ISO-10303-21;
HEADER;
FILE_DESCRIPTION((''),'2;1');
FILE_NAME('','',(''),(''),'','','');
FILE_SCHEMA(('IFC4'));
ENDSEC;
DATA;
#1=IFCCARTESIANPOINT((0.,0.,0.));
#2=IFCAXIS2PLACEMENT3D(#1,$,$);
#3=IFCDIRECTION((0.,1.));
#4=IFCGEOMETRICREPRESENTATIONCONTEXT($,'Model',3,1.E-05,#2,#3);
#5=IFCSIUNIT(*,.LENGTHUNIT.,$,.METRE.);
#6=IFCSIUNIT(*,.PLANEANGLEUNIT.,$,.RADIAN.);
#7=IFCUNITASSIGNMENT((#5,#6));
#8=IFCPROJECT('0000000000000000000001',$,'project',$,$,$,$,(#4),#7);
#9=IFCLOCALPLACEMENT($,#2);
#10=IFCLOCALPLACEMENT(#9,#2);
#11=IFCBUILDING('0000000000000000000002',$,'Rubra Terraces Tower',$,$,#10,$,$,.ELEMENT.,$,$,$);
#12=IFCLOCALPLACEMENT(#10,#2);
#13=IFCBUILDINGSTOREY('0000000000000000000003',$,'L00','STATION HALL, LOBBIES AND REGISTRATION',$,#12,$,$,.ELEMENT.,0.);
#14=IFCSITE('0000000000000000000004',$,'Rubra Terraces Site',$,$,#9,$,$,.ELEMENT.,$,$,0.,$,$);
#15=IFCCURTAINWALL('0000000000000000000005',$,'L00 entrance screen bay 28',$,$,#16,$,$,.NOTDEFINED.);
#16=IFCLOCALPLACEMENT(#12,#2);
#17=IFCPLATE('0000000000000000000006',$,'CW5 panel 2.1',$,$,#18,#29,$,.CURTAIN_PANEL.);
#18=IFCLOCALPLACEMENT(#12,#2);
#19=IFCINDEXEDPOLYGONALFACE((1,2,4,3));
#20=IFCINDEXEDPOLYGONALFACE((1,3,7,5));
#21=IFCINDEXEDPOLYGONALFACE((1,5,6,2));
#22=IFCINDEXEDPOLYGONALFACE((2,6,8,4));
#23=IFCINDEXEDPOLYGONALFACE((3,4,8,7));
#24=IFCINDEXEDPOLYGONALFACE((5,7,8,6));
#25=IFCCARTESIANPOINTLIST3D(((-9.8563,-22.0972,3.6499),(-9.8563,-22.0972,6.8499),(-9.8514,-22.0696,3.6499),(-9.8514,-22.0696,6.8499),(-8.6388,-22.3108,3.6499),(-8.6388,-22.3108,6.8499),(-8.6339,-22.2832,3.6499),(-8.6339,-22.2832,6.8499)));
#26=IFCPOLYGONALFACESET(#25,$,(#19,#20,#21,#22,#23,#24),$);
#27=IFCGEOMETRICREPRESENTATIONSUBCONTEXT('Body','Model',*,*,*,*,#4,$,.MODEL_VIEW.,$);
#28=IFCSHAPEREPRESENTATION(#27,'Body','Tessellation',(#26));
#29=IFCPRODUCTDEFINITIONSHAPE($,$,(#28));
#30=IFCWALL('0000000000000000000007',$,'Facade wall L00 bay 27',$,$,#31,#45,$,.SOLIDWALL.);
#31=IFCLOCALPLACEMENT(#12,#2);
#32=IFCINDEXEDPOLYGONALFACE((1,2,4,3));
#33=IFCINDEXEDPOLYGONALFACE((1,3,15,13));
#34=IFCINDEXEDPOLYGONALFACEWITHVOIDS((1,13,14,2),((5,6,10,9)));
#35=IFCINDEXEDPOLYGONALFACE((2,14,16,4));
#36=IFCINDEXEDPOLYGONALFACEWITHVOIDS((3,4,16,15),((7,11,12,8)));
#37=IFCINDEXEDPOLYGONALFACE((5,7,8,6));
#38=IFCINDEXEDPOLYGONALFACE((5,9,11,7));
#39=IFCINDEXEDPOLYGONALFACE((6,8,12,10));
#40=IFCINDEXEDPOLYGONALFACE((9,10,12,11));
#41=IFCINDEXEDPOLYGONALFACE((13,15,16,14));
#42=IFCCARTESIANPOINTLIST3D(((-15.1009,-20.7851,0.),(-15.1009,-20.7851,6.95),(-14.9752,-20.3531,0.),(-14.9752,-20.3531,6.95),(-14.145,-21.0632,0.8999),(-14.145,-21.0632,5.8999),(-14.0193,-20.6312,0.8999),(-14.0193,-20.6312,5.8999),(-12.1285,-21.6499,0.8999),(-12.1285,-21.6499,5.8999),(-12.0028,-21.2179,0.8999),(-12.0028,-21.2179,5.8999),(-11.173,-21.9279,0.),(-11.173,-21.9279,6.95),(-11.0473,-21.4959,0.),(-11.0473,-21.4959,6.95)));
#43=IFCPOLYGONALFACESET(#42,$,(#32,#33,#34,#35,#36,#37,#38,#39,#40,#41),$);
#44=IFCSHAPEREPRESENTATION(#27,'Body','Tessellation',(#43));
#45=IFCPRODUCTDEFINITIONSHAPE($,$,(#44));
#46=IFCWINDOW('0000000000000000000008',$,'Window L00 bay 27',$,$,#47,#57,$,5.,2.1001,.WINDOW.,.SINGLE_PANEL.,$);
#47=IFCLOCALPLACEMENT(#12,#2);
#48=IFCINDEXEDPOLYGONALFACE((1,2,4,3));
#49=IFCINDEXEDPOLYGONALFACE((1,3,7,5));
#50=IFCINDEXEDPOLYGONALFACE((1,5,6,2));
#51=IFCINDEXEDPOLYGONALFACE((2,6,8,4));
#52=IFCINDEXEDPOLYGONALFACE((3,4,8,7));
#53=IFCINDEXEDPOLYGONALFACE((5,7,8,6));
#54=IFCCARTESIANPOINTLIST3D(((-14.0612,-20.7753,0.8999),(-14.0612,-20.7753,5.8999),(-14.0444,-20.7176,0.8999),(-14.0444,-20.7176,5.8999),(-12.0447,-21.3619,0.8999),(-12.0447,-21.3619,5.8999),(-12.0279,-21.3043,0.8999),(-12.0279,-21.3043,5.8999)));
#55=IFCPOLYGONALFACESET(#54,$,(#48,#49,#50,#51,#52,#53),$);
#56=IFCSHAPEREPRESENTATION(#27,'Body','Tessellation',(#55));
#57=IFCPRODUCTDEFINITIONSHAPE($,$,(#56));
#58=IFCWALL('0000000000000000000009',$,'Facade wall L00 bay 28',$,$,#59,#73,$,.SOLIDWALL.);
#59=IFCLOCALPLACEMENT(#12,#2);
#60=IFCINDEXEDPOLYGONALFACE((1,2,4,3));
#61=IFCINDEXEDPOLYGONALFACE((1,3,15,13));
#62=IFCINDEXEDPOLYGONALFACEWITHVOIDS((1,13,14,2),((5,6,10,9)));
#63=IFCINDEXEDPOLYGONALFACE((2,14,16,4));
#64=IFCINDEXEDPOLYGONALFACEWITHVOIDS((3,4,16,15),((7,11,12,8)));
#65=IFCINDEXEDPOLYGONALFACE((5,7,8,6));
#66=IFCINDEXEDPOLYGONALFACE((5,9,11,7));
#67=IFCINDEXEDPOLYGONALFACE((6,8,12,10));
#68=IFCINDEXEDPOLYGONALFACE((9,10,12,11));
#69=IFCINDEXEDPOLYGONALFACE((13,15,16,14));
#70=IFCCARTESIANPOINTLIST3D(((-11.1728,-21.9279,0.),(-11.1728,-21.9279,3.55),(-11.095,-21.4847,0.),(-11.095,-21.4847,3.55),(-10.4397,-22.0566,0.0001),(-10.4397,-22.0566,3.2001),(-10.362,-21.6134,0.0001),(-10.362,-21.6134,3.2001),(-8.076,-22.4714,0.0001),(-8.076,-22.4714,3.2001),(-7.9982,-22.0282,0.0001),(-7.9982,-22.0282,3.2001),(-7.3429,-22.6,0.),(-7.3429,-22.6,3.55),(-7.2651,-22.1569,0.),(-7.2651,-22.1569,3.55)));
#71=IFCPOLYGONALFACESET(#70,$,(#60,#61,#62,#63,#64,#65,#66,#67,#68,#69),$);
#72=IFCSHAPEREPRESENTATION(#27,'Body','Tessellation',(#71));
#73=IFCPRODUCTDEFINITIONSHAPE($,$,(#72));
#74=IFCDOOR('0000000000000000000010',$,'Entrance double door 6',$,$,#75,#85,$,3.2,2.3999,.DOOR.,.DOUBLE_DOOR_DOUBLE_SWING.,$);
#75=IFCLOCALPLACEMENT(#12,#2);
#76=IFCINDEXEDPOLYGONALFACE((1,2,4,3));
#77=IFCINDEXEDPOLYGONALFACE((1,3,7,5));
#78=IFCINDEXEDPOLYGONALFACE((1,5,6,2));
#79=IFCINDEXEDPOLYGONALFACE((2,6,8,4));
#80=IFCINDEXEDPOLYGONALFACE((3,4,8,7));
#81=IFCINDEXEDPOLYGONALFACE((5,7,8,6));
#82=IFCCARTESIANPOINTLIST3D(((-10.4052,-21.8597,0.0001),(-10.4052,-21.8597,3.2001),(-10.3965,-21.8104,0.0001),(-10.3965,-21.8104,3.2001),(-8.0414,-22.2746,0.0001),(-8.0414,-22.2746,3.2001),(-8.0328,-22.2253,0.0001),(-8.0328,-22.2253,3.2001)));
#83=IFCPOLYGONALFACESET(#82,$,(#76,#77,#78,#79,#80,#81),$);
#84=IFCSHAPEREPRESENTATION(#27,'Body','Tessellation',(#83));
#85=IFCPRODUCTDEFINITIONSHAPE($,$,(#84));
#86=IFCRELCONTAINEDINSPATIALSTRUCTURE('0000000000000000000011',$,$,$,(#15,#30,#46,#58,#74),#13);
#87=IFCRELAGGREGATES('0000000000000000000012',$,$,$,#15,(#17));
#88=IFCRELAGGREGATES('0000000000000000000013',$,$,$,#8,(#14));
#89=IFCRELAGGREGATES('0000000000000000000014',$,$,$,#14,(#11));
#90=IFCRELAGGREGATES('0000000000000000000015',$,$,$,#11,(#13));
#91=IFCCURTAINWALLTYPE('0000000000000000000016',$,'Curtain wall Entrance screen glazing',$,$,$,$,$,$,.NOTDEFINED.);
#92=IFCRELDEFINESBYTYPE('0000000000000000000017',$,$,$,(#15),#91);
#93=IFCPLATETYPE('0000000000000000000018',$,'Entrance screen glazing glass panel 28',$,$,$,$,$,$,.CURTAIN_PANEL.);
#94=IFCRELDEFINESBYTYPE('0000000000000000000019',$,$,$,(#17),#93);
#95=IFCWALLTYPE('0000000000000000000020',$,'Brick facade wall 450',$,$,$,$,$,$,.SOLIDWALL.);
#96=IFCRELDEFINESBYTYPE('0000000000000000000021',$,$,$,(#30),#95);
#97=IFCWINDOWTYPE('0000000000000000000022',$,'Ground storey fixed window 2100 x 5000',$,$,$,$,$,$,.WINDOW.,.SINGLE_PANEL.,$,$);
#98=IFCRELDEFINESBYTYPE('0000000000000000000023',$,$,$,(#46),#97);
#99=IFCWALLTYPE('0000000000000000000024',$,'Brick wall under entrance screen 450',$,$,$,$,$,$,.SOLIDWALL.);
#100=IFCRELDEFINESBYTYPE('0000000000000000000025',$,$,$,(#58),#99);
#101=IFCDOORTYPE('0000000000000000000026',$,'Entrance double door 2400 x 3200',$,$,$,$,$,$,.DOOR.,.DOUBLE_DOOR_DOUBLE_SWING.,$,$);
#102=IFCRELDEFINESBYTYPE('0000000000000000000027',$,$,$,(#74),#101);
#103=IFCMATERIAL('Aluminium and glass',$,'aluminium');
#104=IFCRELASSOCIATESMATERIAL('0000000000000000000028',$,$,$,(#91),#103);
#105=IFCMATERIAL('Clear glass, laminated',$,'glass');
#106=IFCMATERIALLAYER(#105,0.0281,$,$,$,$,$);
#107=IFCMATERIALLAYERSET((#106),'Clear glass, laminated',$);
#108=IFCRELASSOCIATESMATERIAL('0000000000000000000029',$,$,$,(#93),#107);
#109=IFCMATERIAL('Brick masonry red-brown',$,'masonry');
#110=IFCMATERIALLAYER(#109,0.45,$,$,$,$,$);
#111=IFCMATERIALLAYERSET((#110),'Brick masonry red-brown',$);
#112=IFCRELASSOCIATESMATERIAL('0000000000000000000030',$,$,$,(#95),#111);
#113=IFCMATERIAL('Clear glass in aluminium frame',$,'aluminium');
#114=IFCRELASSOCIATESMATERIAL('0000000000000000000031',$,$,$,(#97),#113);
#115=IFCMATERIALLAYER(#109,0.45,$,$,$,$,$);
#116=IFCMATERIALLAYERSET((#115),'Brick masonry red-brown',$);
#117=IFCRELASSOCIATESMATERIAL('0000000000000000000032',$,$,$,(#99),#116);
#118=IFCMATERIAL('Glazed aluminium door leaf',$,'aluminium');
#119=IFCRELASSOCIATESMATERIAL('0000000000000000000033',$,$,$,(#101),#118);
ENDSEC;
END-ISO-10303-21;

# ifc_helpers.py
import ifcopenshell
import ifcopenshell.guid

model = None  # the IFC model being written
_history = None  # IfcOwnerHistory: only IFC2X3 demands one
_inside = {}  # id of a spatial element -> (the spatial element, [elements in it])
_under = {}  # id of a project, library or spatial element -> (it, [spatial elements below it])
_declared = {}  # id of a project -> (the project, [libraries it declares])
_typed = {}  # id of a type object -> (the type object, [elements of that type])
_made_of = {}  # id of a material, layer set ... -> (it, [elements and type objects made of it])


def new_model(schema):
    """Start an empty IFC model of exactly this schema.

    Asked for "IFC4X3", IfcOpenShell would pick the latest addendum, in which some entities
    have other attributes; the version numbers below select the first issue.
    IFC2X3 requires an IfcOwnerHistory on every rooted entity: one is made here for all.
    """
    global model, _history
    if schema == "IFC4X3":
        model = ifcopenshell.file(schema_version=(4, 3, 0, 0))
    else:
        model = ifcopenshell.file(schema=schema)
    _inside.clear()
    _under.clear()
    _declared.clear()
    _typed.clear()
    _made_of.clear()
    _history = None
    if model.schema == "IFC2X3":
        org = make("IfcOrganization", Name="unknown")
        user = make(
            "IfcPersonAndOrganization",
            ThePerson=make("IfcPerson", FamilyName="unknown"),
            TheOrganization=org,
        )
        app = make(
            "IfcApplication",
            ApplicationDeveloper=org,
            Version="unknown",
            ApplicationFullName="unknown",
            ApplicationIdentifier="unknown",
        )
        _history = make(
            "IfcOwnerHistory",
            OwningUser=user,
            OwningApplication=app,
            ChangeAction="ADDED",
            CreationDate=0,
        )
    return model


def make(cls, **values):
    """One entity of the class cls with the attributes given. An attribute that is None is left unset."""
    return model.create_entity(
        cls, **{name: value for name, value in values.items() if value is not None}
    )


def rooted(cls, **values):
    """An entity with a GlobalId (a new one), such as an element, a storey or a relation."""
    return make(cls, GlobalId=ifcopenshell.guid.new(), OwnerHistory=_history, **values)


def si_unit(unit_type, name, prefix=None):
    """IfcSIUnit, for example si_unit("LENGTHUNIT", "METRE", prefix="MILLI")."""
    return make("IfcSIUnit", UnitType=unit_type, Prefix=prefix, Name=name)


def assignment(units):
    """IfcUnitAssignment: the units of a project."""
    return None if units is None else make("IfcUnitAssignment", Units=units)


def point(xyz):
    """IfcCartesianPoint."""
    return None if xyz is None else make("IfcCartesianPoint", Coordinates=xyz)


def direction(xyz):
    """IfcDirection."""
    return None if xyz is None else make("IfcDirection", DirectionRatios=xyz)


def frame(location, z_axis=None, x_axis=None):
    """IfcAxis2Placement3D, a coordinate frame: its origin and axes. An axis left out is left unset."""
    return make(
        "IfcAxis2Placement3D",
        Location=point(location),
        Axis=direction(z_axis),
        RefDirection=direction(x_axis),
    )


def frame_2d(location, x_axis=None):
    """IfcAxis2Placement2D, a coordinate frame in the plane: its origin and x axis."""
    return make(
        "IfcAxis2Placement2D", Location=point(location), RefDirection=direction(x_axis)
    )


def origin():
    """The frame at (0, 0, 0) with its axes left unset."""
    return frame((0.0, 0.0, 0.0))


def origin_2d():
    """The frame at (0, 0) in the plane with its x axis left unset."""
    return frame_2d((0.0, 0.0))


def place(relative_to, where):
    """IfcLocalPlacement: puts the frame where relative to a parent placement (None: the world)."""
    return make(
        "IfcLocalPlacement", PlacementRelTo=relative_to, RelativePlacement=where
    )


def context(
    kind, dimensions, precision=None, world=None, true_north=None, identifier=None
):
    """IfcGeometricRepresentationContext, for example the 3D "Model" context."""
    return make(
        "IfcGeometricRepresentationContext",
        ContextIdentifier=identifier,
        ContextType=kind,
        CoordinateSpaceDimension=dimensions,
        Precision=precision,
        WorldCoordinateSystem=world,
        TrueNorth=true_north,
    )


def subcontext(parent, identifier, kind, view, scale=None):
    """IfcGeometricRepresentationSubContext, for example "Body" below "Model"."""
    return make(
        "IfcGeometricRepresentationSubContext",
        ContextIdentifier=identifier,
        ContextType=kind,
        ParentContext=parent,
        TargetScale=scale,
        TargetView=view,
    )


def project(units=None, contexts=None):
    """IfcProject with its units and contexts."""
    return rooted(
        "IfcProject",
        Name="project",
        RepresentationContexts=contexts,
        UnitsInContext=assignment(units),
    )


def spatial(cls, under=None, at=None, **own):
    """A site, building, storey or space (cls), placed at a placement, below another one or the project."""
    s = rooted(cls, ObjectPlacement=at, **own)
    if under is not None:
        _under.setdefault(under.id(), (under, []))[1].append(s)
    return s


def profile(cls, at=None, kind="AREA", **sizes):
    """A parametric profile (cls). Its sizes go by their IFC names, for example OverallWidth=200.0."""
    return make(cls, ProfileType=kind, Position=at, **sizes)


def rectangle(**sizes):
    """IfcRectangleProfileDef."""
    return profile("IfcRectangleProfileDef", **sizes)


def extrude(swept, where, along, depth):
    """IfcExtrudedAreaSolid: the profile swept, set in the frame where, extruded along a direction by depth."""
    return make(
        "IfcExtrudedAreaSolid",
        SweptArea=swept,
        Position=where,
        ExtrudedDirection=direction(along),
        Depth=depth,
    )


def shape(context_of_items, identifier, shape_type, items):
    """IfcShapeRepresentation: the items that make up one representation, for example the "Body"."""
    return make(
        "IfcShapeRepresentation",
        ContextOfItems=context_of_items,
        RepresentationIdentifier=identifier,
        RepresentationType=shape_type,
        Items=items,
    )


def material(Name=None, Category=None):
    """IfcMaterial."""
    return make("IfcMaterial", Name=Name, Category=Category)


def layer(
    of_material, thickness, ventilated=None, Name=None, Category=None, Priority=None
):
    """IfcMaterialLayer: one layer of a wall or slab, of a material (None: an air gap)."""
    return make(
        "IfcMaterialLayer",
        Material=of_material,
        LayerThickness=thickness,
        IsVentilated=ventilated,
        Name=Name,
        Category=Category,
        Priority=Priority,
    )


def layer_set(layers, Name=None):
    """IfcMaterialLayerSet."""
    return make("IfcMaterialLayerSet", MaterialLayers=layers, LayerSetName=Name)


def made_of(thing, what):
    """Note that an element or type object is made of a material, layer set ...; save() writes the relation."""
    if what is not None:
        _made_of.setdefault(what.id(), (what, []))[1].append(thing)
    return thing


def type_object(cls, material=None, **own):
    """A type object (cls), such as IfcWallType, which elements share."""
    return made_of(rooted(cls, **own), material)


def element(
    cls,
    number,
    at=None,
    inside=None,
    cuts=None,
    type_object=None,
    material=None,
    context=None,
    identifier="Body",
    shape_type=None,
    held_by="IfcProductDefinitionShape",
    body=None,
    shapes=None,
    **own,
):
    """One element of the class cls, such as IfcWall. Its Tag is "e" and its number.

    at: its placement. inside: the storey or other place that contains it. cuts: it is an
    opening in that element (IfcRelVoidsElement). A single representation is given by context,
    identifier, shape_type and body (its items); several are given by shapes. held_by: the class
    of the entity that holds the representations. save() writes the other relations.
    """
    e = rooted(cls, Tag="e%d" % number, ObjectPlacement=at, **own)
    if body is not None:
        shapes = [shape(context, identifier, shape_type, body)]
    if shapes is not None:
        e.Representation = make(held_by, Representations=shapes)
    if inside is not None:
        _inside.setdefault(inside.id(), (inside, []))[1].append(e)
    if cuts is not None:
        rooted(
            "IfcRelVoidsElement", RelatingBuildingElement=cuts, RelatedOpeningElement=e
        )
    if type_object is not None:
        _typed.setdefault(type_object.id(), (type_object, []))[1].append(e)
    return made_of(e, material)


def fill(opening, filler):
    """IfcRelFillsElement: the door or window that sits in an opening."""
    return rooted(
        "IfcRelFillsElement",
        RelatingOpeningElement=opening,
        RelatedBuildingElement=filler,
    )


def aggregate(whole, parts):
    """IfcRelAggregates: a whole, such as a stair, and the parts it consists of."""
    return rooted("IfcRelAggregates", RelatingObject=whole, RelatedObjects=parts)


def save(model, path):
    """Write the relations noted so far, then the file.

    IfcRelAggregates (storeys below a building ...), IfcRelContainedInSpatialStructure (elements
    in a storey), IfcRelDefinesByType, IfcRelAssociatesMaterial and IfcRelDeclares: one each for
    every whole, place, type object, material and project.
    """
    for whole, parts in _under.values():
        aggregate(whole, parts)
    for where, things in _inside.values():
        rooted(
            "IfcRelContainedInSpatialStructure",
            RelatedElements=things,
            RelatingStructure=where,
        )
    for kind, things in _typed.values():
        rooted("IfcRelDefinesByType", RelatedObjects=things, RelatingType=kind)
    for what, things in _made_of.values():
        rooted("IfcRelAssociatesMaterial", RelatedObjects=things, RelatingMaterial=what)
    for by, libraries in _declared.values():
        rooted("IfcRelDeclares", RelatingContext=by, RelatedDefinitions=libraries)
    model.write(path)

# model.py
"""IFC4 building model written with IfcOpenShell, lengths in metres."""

from ifc_helpers import new_model, si_unit, direction, frame, frame_2d, origin, origin_2d, place, context, subcontext, project, spatial, rectangle, extrude, material, layer, layer_set, type_object, element, fill, aggregate, save


model = new_model("IFC4")

# Units and contexts
model_context = context("Model", 3, precision=1e-05, world=origin(), true_north=direction((0.0, 1.0)))
body_context = subcontext(model_context, "Body", "Model", "MODEL_VIEW")
ifc_project = project(units=[si_unit("LENGTHUNIT", "METRE"), si_unit("PLANEANGLEUNIT", "RADIAN")], contexts=[model_context])

# Site, building, storey
site_placement = place(None, origin())
site = spatial("IfcSite", under=ifc_project, at=site_placement, Name="Rubra Terraces Site", CompositionType="ELEMENT", RefElevation=0.0)
building_placement = place(site_placement, origin())
building = spatial("IfcBuilding", under=site, at=building_placement, Name="Rubra Terraces Tower", CompositionType="ELEMENT")
storey_placement = place(building_placement, origin())
storey = spatial("IfcBuildingStorey", under=building, at=storey_placement, Name="L00", Description="STATION HALL, LOBBIES AND REGISTRATION", CompositionType="ELEMENT", Elevation=0.0)

# Curtain wall
ifc_material_1 = material(Name="Aluminium and glass", Category="aluminium")
curtain_wall_type = type_object("IfcCurtainWallType", Name="Curtain wall Entrance screen glazing", PredefinedType="NOTDEFINED", material=ifc_material_1)
curtain_wall_placement = place(storey_placement, origin())
curtain_wall = element("IfcCurtainWall", 1, at=curtain_wall_placement, inside=storey, type_object=curtain_wall_type, Name="L00 entrance screen bay 28", PredefinedType="NOTDEFINED")

# Plate
ifc_material_2 = material(Name="Clear glass, laminated", Category="glass")
ifc_layer_1 = layer(ifc_material_2, 0.0281)
ifc_layer_set_1 = layer_set([ifc_layer_1], Name="Clear glass, laminated")
plate_type = type_object("IfcPlateType", Name="Entrance screen glazing glass panel 28", PredefinedType="CURTAIN_PANEL", material=ifc_layer_set_1)
plate_1_placement = place(storey_placement, frame((-9.2451, -22.1902, 3.6499), z_axis=(0.0, 0.0, 1.0), x_axis=(0.984954, -0.172817, 0.0)))
plate_1 = element("IfcPlate", 2, at=plate_1_placement, type_object=plate_type, Name="CW5 panel 2.1", PredefinedType="CURTAIN_PANEL", context=body_context, shape_type="SweptSolid", body=[
    extrude(rectangle(XDim=1.2361, YDim=0.0281, at=origin_2d()), origin(), (0.0, 0.0, 1.0), 3.2),
])
aggregate(curtain_wall, [plate_1])

# Shared definitions
ifc_material_3 = material(Name="Brick masonry red-brown", Category="masonry")
ifc_layer_2 = layer(ifc_material_3, 0.45)
ifc_layer_set_2 = layer_set([ifc_layer_2], Name="Brick masonry red-brown")
wall_type_1 = type_object("IfcWallType", Name="Brick facade wall 450", PredefinedType="SOLIDWALL", material=ifc_layer_set_2)
ifc_material_4 = material(Name="Glazed aluminium door leaf", Category="aluminium")
ifc_material_5 = material(Name="Clear glass in aluminium frame", Category="aluminium")
window_type = type_object("IfcWindowType", Name="Ground storey fixed window 2100 x 5000", PartitioningType="SINGLE_PANEL", PredefinedType="WINDOW", material=ifc_material_5)

# Wall, opening, window
wall_1_placement = place(storey_placement, frame((-15.0381, -20.5691, 0.0), z_axis=(0.0, 0.0, 1.0), x_axis=(0.960186, -0.279361, 0.0)))
wall_1 = element("IfcWall", 3, at=wall_1_placement, inside=storey, type_object=wall_type_1, Name="Facade wall L00 bay 27", PredefinedType="SOLIDWALL", context=body_context, shape_type="SweptSolid", body=[
    extrude(rectangle(XDim=4.0908, YDim=0.45, at=frame_2d((2.0454, 0.0))), origin(), (0.0, 0.0, 1.0), 6.95),
])
opening_1_placement = place(wall_1_placement, frame((0.9956, 0.0, 0.8999)))
opening_1 = element("IfcOpeningElement", 4, at=opening_1_placement, cuts=wall_1, PredefinedType="OPENING", context=body_context, shape_type="SweptSolid", body=[
    extrude(rectangle(XDim=2.1001, YDim=5.0, at=frame_2d((1.05, 2.5))), frame((0.0, 0.2349, 0.0), z_axis=(0.0, -1.0, 0.0), x_axis=(1.0, 0.0, 0.0)), (0.0, 0.0, 1.0), 0.47),
])
window_1_placement = place(opening_1_placement, origin())
window_1 = element("IfcWindow", 5, at=window_1_placement, inside=storey, type_object=window_type, Name="Window L00 bay 27", OverallHeight=5.0, OverallWidth=2.1001, PartitioningType="SINGLE_PANEL", PredefinedType="WINDOW", context=body_context, shape_type="SweptSolid", body=[
    extrude(rectangle(XDim=2.1001, YDim=5.0, at=frame_2d((1.05, 2.5))), frame((0.0, 0.135, 0.0), z_axis=(0.0, -1.0, 0.0), x_axis=(1.0, 0.0, 0.0)), (0.0, 0.0, 1.0), 0.0601),
])
fill(opening_1, window_1)

# Wall, opening, door
ifc_layer_3 = layer(ifc_material_3, 0.45)
ifc_layer_set_3 = layer_set([ifc_layer_3], Name="Brick masonry red-brown")
wall_type_2 = type_object("IfcWallType", Name="Brick wall under entrance screen 450", PredefinedType="SOLIDWALL", material=ifc_layer_set_3)
wall_2_placement = place(storey_placement, frame((-11.134, -21.7063, 0.0), z_axis=(0.0, 0.0, 1.0), x_axis=(0.984947, -0.172854, 0.0)))
wall_2 = element("IfcWall", 6, at=wall_2_placement, inside=storey, type_object=wall_type_2, Name="Facade wall L00 bay 28", PredefinedType="SOLIDWALL", context=body_context, shape_type="SweptSolid", body=[
    extrude(rectangle(XDim=3.8884, YDim=0.45, at=frame_2d((1.9443, 0.0))), origin(), (0.0, 0.0, 1.0), 3.55),
])
opening_2_placement = place(wall_2_placement, frame((0.7444, 0.0, 0.0)))
opening_2 = element("IfcOpeningElement", 7, at=opening_2_placement, cuts=wall_2, PredefinedType="OPENING", context=body_context, shape_type="SweptSolid", body=[
    extrude(rectangle(XDim=2.3999, YDim=3.2, at=frame_2d((1.2, 1.6001))), frame((0.0, 0.2349, 0.0), z_axis=(0.0, -1.0, 0.0), x_axis=(1.0, 0.0, 0.0)), (0.0, 0.0, 1.0), 0.47),
])
door_type_1 = type_object("IfcDoorType", Name="Entrance double door 2400 x 3200", OperationType="DOUBLE_DOOR_DOUBLE_SWING", PredefinedType="DOOR", material=ifc_material_4)
door_1_placement = place(opening_2_placement, origin())
door_1 = element("IfcDoor", 8, at=door_1_placement, inside=storey, type_object=door_type_1, Name="Entrance double door 6", OperationType="DOUBLE_DOOR_DOUBLE_SWING", OverallHeight=3.2, OverallWidth=2.3999, PredefinedType="DOOR", context=body_context, shape_type="SweptSolid", body=[
    extrude(rectangle(XDim=2.3999, YDim=3.2, at=frame_2d((1.2, 1.6001))), frame((0.0, 0.0249, 0.0), z_axis=(0.0, -1.0, 0.0), x_axis=(1.0, 0.0, 0.0)), (0.0, 0.0, 1.0), 0.05),
])
fill(opening_2, door_1)

save(model, "model.ifc")
